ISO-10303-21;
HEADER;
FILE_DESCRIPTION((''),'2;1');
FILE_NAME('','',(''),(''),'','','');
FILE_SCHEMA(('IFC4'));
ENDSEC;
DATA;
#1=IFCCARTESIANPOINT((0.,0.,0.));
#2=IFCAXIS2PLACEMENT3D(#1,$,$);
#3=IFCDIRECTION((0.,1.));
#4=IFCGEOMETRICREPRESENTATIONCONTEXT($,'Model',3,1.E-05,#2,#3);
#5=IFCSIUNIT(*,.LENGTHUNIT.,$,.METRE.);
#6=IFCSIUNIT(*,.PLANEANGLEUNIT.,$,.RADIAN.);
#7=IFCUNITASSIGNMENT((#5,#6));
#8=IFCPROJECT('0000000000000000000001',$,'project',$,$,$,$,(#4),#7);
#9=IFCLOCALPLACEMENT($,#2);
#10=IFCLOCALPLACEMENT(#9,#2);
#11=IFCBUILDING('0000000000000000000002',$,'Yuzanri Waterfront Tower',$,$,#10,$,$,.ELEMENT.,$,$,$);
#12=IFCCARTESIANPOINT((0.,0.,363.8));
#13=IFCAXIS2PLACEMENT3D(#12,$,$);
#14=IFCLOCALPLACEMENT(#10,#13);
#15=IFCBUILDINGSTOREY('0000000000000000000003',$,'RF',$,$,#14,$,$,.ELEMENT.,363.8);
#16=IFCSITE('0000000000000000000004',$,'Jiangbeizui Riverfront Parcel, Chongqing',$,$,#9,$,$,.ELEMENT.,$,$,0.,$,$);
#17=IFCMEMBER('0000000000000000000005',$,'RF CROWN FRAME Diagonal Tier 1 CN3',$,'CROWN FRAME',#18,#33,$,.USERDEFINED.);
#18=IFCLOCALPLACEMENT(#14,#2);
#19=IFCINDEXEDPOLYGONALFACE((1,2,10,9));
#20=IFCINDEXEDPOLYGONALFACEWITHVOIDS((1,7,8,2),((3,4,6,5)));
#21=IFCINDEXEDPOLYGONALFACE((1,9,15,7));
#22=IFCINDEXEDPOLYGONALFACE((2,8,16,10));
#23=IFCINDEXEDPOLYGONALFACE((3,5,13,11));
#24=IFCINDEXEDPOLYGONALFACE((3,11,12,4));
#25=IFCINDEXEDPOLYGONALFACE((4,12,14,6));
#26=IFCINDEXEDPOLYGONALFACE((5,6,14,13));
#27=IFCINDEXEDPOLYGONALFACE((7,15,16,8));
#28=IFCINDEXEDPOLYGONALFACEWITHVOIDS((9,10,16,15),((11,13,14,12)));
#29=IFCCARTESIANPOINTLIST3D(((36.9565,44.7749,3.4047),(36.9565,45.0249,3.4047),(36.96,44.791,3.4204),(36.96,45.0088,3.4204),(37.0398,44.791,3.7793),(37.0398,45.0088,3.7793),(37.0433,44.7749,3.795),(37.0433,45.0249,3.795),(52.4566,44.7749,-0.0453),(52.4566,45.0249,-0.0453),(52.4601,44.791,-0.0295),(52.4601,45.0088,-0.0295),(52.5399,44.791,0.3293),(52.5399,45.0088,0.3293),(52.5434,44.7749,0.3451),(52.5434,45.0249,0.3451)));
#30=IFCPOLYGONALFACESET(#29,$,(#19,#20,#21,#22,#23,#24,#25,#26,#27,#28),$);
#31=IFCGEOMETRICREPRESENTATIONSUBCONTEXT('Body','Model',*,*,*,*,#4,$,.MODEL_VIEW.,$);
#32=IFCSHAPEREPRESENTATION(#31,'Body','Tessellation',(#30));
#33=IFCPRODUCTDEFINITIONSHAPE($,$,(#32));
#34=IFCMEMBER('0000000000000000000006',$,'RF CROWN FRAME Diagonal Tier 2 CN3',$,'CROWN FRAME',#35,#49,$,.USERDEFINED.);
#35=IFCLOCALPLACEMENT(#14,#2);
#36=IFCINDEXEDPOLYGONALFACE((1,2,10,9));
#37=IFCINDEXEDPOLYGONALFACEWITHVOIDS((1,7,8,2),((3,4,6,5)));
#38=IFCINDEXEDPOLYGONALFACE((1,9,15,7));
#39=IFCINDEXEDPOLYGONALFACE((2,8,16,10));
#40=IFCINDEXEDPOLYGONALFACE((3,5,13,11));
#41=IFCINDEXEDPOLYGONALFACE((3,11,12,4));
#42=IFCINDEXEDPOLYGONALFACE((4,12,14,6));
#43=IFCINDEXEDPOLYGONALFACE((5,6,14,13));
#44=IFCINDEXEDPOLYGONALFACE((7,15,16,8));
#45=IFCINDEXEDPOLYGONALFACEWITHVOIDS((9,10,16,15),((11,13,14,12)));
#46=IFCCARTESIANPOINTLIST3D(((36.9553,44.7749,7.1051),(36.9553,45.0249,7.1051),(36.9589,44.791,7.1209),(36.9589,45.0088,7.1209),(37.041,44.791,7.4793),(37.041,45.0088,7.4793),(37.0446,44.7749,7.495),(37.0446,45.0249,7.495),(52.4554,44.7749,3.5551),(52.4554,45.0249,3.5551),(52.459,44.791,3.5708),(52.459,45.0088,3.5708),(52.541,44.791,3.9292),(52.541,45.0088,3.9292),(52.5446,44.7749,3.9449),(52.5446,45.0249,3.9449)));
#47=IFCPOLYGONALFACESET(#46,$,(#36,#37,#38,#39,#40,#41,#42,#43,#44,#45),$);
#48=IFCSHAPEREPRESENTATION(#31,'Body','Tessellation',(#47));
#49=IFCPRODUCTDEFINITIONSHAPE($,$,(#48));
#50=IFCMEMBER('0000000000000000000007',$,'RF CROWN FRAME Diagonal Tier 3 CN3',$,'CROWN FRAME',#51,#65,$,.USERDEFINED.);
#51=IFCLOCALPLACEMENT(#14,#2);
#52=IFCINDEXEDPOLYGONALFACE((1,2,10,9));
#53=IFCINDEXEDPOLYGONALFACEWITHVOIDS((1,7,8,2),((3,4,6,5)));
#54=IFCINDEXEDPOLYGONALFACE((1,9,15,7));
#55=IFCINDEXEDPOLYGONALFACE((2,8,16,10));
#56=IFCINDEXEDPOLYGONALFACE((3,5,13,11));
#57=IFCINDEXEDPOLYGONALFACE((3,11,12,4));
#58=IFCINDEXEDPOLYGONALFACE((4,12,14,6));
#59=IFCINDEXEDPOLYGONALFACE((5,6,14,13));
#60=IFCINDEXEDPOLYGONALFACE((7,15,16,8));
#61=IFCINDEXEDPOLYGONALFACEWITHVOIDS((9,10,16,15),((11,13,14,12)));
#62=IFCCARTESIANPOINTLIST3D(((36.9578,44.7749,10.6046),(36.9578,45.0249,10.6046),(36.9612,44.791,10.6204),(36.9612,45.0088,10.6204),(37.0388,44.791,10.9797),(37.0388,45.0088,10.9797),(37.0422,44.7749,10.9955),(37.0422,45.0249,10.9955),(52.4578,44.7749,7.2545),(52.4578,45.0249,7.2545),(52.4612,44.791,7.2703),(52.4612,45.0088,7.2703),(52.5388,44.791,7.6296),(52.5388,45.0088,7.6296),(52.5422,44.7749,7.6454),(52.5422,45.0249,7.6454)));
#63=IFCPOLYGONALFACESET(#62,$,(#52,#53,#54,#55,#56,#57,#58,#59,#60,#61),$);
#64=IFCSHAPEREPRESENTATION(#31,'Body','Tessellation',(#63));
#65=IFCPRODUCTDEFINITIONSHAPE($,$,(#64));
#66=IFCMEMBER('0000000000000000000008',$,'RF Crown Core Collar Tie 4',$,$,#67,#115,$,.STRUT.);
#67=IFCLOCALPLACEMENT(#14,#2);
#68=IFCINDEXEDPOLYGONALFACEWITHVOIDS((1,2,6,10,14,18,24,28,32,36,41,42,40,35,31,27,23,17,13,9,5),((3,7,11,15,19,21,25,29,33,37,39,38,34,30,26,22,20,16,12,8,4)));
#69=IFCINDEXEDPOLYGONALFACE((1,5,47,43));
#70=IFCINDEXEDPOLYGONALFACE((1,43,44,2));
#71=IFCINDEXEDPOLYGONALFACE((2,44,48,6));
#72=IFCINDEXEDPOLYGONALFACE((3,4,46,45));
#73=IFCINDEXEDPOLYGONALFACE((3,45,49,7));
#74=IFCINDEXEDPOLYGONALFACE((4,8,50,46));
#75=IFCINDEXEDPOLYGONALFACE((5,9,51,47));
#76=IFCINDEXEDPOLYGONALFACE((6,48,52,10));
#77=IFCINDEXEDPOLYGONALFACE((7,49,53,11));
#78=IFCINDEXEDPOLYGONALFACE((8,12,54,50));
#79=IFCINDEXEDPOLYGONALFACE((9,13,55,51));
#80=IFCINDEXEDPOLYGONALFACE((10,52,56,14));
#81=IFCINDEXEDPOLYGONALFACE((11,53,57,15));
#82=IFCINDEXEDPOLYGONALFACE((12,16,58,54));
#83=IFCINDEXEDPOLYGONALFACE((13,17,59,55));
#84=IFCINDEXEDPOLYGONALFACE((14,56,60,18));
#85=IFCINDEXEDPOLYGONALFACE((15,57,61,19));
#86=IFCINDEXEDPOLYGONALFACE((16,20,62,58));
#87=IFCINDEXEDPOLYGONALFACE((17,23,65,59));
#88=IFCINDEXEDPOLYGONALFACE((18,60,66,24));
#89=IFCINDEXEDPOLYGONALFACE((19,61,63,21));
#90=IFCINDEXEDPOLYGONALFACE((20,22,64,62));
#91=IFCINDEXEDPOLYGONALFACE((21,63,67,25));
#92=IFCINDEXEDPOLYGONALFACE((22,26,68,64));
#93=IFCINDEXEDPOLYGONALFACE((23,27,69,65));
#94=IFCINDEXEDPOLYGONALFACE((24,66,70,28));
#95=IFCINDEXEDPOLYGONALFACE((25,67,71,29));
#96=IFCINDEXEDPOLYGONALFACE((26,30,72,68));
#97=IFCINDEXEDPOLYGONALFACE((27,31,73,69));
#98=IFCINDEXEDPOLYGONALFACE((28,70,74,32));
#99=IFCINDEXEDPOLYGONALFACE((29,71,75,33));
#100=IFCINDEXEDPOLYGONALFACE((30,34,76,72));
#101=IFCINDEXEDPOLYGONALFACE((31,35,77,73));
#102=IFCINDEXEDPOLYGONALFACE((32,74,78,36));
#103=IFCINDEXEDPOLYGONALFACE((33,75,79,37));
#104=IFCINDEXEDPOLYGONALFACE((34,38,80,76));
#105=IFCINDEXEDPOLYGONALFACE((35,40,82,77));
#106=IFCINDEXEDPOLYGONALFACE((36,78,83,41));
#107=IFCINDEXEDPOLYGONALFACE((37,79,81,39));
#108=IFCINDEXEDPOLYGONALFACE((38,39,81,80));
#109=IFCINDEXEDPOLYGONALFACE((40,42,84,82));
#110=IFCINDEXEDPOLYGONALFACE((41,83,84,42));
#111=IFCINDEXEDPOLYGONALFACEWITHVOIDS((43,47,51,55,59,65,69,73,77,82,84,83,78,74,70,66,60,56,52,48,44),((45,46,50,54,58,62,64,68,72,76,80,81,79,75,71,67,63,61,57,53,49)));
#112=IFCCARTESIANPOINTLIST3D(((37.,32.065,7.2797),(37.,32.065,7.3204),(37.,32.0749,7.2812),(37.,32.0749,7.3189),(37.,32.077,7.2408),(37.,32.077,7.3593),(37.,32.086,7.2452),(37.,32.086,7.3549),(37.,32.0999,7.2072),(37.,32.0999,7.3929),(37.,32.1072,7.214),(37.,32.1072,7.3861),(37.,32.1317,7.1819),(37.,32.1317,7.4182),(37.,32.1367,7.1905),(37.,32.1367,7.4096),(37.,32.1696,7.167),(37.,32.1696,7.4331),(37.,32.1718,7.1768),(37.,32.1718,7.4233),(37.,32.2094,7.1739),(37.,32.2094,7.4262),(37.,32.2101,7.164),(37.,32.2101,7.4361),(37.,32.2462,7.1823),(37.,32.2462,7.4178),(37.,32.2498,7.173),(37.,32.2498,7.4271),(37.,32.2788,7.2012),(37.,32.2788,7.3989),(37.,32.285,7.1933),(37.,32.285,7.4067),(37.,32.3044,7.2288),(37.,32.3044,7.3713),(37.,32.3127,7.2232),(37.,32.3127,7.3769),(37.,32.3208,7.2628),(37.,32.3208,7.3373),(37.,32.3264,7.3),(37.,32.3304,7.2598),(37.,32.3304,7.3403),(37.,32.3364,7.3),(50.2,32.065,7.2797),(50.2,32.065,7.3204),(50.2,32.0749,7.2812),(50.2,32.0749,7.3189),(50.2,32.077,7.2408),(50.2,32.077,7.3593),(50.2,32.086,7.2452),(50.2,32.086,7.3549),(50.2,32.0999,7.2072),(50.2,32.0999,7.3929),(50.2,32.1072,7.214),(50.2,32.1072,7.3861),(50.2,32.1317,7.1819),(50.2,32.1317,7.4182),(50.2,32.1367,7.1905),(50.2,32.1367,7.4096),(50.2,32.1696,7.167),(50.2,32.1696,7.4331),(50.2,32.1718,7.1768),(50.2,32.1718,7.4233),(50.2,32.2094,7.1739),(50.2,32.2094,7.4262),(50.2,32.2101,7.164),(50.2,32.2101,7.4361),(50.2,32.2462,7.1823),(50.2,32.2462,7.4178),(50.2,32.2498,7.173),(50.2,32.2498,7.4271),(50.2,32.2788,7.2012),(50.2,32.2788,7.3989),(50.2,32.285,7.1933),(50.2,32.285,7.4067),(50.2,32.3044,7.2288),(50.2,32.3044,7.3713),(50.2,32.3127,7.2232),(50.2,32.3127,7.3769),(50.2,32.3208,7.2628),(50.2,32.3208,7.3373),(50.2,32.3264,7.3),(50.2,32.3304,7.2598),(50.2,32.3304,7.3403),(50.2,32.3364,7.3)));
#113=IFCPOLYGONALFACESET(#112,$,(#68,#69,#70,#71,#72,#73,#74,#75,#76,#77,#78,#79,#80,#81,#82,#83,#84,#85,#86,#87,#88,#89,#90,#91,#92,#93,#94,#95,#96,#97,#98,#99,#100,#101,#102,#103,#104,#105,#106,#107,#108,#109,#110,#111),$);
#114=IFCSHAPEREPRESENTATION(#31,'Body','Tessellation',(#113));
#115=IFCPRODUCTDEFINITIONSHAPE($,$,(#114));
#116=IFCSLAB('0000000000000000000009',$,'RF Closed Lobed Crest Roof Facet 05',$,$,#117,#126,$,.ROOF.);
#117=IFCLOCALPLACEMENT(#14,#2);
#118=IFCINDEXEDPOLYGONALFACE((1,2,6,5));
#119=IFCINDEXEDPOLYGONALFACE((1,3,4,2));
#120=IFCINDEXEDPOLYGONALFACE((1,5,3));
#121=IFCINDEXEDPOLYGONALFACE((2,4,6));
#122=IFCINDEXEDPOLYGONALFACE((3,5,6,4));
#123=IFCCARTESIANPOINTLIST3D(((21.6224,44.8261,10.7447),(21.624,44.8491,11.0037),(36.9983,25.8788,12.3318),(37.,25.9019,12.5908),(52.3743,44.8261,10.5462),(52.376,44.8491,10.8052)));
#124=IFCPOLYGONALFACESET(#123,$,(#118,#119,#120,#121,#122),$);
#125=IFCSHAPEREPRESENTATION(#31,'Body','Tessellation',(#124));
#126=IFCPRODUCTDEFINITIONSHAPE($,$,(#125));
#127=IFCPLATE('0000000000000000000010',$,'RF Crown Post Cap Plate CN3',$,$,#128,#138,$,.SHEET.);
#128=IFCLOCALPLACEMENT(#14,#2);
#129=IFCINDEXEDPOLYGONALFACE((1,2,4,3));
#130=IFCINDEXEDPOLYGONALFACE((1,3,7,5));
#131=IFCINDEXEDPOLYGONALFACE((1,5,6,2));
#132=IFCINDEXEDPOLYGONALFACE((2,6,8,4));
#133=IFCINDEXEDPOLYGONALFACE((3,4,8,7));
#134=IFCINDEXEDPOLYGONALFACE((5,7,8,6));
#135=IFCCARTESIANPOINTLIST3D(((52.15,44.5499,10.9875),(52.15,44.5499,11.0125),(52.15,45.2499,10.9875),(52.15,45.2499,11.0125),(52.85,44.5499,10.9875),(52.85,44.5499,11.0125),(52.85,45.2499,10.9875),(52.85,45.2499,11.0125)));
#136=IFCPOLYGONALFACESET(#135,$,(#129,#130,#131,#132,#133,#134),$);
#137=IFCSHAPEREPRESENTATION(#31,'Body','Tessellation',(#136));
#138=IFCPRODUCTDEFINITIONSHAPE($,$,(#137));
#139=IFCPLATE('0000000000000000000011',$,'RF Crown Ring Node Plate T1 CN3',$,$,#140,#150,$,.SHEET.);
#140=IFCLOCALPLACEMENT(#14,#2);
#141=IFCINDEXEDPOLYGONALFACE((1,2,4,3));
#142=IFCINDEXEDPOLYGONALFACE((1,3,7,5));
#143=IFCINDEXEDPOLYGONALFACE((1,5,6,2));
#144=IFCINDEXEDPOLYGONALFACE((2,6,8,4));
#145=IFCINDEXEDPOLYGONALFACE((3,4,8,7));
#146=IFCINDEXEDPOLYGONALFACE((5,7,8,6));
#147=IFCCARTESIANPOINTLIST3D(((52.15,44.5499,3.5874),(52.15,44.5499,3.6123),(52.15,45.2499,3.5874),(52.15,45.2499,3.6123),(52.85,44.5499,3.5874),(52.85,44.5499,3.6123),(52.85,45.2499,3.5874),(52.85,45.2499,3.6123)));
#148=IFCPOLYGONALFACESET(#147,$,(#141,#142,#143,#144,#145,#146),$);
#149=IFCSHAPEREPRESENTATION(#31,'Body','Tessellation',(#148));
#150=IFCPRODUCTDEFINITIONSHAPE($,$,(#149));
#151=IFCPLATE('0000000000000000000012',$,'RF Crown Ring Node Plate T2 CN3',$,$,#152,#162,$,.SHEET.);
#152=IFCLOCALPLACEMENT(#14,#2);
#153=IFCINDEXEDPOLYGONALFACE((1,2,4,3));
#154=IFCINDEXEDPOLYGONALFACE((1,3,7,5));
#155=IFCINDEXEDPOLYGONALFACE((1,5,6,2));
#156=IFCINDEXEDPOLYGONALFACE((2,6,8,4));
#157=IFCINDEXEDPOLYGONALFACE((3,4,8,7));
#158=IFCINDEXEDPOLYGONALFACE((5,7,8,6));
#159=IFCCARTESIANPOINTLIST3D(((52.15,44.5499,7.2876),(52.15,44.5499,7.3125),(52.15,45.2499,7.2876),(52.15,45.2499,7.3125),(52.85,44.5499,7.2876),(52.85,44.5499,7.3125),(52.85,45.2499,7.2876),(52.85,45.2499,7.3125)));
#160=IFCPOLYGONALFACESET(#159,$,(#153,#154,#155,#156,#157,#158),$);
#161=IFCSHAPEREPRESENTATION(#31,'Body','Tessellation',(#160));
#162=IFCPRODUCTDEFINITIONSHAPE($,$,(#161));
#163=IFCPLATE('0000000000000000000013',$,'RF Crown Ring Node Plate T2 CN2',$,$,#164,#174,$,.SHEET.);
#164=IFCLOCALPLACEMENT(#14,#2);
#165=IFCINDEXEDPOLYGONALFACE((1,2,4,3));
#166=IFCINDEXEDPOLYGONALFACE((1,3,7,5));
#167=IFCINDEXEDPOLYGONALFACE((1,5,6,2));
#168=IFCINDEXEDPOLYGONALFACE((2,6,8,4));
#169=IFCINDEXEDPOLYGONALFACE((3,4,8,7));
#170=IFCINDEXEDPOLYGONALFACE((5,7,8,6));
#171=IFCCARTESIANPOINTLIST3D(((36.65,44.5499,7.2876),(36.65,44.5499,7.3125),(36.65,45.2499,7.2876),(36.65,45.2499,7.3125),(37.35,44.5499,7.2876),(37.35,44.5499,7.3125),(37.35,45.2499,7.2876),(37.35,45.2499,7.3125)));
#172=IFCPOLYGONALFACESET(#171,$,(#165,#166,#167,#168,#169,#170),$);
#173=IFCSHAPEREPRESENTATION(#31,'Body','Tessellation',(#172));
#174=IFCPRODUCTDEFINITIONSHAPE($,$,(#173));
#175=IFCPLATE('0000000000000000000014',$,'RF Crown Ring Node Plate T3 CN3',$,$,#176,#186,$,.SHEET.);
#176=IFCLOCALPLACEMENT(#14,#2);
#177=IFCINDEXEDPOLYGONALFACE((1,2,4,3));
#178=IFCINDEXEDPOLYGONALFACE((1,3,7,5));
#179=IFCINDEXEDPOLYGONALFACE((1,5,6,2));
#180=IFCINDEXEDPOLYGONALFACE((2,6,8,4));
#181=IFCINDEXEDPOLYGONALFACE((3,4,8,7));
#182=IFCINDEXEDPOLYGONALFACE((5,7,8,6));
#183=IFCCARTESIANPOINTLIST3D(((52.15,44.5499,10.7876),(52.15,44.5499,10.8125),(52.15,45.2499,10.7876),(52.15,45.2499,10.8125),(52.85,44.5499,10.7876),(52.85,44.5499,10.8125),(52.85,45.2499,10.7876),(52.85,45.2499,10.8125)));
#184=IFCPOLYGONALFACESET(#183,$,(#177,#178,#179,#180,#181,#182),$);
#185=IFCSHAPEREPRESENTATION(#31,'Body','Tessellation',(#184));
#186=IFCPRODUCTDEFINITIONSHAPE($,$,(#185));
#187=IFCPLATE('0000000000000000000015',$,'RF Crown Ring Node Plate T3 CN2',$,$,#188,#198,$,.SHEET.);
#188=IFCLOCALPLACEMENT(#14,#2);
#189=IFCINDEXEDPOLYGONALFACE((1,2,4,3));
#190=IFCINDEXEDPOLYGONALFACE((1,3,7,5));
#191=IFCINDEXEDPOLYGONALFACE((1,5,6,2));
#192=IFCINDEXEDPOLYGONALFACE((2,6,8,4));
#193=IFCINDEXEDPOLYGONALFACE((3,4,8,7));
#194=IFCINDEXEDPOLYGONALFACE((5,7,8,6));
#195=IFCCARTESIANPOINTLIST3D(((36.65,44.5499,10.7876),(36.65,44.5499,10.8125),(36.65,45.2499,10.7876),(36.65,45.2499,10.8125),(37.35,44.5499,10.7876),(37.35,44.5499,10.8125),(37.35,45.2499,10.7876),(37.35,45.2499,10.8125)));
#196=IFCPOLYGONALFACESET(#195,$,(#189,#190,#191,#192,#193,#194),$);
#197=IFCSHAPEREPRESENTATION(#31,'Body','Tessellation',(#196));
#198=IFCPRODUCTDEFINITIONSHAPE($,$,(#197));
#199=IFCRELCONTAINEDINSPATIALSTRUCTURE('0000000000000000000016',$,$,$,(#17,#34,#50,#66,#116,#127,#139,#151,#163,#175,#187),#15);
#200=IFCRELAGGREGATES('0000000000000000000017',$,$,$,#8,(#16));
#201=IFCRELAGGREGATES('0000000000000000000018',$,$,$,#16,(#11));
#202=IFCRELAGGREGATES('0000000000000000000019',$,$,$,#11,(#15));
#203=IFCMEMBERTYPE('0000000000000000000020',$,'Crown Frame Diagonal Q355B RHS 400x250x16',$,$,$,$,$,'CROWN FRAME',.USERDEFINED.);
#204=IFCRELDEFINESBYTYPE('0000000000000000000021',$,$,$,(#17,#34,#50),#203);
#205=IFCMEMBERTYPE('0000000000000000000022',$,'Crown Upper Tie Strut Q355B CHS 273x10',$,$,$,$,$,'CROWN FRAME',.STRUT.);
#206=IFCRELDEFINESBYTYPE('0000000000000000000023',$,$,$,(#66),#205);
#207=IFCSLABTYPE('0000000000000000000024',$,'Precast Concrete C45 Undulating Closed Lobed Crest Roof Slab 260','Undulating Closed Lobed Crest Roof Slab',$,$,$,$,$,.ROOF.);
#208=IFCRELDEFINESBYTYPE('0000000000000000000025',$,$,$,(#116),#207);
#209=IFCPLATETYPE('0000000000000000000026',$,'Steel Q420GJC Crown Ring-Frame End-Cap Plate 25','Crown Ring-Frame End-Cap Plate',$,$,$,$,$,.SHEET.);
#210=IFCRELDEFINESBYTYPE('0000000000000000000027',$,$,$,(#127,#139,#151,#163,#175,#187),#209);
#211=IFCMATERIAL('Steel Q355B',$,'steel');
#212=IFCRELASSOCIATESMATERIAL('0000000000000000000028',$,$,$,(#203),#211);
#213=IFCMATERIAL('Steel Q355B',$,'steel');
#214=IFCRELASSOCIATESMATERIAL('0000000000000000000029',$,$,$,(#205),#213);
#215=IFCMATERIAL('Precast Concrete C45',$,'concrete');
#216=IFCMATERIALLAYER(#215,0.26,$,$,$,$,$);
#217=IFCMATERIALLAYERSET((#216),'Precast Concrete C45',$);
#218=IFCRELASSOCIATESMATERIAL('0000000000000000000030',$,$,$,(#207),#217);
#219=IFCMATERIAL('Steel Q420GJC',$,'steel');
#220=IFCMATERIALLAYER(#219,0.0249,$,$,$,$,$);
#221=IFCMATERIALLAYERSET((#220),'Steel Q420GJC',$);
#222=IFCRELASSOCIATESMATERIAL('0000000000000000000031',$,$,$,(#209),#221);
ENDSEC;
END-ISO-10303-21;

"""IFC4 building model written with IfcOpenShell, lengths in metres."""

from ifc_helpers import new_model, si_unit, direction, frame, origin, origin_2d, place, context, subcontext, project, spatial, polyline, rectangle, hollow_rectangle, hollow_circle, outline, extrude, source, transform, mapped, material, layer, layer_set, material_profile, profile_set, type_object, element, save


model = new_model("IFC4")

# Units and contexts
model_context = context("Model", 3, precision=1e-05, world=origin(), true_north=direction((0.0, 1.0)))
body_context = subcontext(model_context, "Body", "Model", "MODEL_VIEW")
ifc_project = project(units=[si_unit("LENGTHUNIT", "METRE"), si_unit("PLANEANGLEUNIT", "RADIAN")], contexts=[model_context])

# Site, building, storey
site_placement = place(None, origin())
site = spatial("IfcSite", under=ifc_project, at=site_placement, Name="Jiangbeizui Riverfront Parcel, Chongqing", CompositionType="ELEMENT", RefElevation=0.0)
building_placement = place(site_placement, origin())
building = spatial("IfcBuilding", under=site, at=building_placement, Name="Yuzanri Waterfront Tower", CompositionType="ELEMENT")
storey_placement = place(building_placement, frame((0.0, 0.0, 363.8)))
storey = spatial("IfcBuildingStorey", under=building, at=storey_placement, Name="RF", CompositionType="ELEMENT", Elevation=363.8)

# Members
ifc_material_1 = material(Name="Steel Q355B", Category="steel")
ifc_material_profile_1 = material_profile(ifc_material_1, hollow_rectangle(XDim=0.25, YDim=0.3999, WallThickness=0.0161, at=origin_2d()), Name="RHS 400x250x16")
ifc_profile_set_1 = profile_set([ifc_material_profile_1], Name="Steel Q355B")
member_type_1 = type_object("IfcMemberType", Name="Crown Frame Diagonal Q355B RHS 400x250x16", ElementType="CROWN FRAME", PredefinedType="USERDEFINED", material=ifc_profile_set_1)
shared_shape_1 = source(origin(), body_context, "Body", "SweptSolid", [
    extrude(hollow_rectangle(XDim=0.25, YDim=0.3999, WallThickness=0.0161, at=origin_2d()), origin(), (0.0, 0.0, 1.0), 15.8794),
])
member_1_placement = place(storey_placement, frame((52.5, 44.8999, 0.1499), z_axis=(-0.976114, 0.0, 0.217261), x_axis=(0.0, -1.0, 0.0)))
element("IfcMember", 1, at=member_1_placement, inside=storey, type_object=member_type_1, Name="RF CROWN FRAME Diagonal Tier 1 CN3", ObjectType="CROWN FRAME", PredefinedType="USERDEFINED", context=body_context, shape_type="MappedRepresentation", body=[
    mapped(shared_shape_1, transform((0.0, 0.0, 0.0), scale=1.0)),
])
shared_shape_2 = source(origin(), body_context, "Body", "SweptSolid", [
    extrude(hollow_rectangle(XDim=0.25, YDim=0.3999, WallThickness=0.0161, at=origin_2d()), origin(), (0.0, 0.0, 1.0), 15.9014),
])
member_2_placement = place(storey_placement, frame((52.5, 44.8999, 3.75), z_axis=(-0.97476, 0.0, 0.223255), x_axis=(0.0, -1.0, 0.0)))
element("IfcMember", 2, at=member_2_placement, inside=storey, type_object=member_type_1, Name="RF CROWN FRAME Diagonal Tier 2 CN3", ObjectType="CROWN FRAME", PredefinedType="USERDEFINED", context=body_context, shape_type="MappedRepresentation", body=[
    mapped(shared_shape_2, transform((0.0, 0.0, 0.0), scale=1.0)),
])
shared_shape_3 = source(origin(), body_context, "Body", "SweptSolid", [
    extrude(hollow_rectangle(XDim=0.25, YDim=0.3999, WallThickness=0.0161, at=origin_2d()), origin(), (0.0, 0.0, 1.0), 15.8579),
])
member_3_placement = place(storey_placement, frame((52.5, 44.8999, 7.45), z_axis=(-0.97743, 0.0, 0.211257), x_axis=(0.0, -1.0, 0.0)))
element("IfcMember", 3, at=member_3_placement, inside=storey, type_object=member_type_1, Name="RF CROWN FRAME Diagonal Tier 3 CN3", ObjectType="CROWN FRAME", PredefinedType="USERDEFINED", context=body_context, shape_type="MappedRepresentation", body=[
    mapped(shared_shape_3, transform((0.0, 0.0, 0.0), scale=1.0)),
])
ifc_material_2 = material(Name="Steel Q355B", Category="steel")
ifc_material_profile_2 = material_profile(ifc_material_2, hollow_circle(Radius=0.1365, WallThickness=0.01, at=origin_2d()), Name="CHS 273x10")
ifc_profile_set_2 = profile_set([ifc_material_profile_2], Name="Steel Q355B")
member_type_2 = type_object("IfcMemberType", Name="Crown Upper Tie Strut Q355B CHS 273x10", ElementType="CROWN FRAME", PredefinedType="STRUT", material=ifc_profile_set_2)
shared_shape_4 = source(origin(), body_context, "Body", "SweptSolid", [
    extrude(hollow_circle(Radius=0.1365, WallThickness=0.01, at=origin_2d()), origin(), (0.0, 0.0, 1.0), 13.2),
])
member_4_placement = place(storey_placement, frame((37.0, 32.2, 7.3), z_axis=(1.0, 0.0, 0.0), x_axis=(0.0, 1.0, 0.0)))
element("IfcMember", 4, at=member_4_placement, inside=storey, type_object=member_type_2, Name="RF Crown Core Collar Tie 4", PredefinedType="STRUT", context=body_context, shape_type="MappedRepresentation", body=[
    mapped(shared_shape_4, transform((0.0, 0.0, 0.0), scale=1.0)),
])

# Slab
ifc_material_3 = material(Name="Precast Concrete C45", Category="concrete")
ifc_layer_1 = layer(ifc_material_3, 0.26)
ifc_layer_set_1 = layer_set([ifc_layer_1], Name="Precast Concrete C45")
slab_type = type_object("IfcSlabType", Name="Precast Concrete C45 Undulating Closed Lobed Crest Roof Slab 260", Description="Undulating Closed Lobed Crest Roof Slab", PredefinedType="ROOF", material=ifc_layer_set_1)
slab_placement = place(storey_placement, frame((52.376, 44.8491, 10.8052), z_axis=(0.006429, 0.088653, 0.996042), x_axis=(-0.999979, 0.0, 0.006454)))
element("IfcSlab", 5, at=slab_placement, inside=storey, type_object=slab_type, Name="RF Closed Lobed Crest Roof Facet 05", PredefinedType="ROOF", context=body_context, shape_type="SweptSolid", body=[
    extrude(outline(polyline([(0.0, 0.0), (30.7526, 0.0), (15.3872, 19.0222), (0.0, 0.0)])), origin(), (0.0, 0.0, -1.0), 0.26),
])

# Plates
ifc_material_4 = material(Name="Steel Q420GJC", Category="steel")
ifc_layer_2 = layer(ifc_material_4, 0.0249)
ifc_layer_set_2 = layer_set([ifc_layer_2], Name="Steel Q420GJC")
plate_type_1 = type_object("IfcPlateType", Name="Steel Q420GJC Crown Ring-Frame End-Cap Plate 25", Description="Crown Ring-Frame End-Cap Plate", PredefinedType="SHEET", material=ifc_layer_set_2)
shared_shape_5 = source(origin(), body_context, "Body", "SweptSolid", [
    extrude(rectangle(XDim=0.7, YDim=0.7, at=origin_2d()), origin(), (0.0, 0.0, 1.0), 0.0249),
])
for number, where, z_axis, x_axis, name in (
    (6, (52.5, 44.8999, 10.9875), (0.0, 0.0, 1.0), (1.0, 0.0, 0.0), "RF Crown Post Cap Plate CN3"),
    (7, (52.5, 44.8999, 3.5874), (0.0, 0.0, 1.0), (1.0, 0.0, 0.0), "RF Crown Ring Node Plate T1 CN3"),
    (8, (52.5, 44.8999, 7.2876), (0.0, 0.0, 1.0), (1.0, 0.0, 0.0), "RF Crown Ring Node Plate T2 CN3"),
    (9, (37.0, 44.8999, 7.2876), (0.0, 0.0, 1.0), (1.0, 0.0, 0.0), "RF Crown Ring Node Plate T2 CN2"),
    (10, (52.5, 44.8999, 10.7876), (0.0, 0.0, 1.0), (1.0, 0.0, 0.0), "RF Crown Ring Node Plate T3 CN3"),
    (11, (37.0, 44.8999, 10.7876), (0.0, 0.0, 1.0), (1.0, 0.0, 0.0), "RF Crown Ring Node Plate T3 CN2"),
):
    element("IfcPlate", number, at=place(storey_placement, frame(where, z_axis=z_axis, x_axis=x_axis)), inside=storey, type_object=plate_type_1, Name=name, PredefinedType="SHEET", context=body_context, shape_type="MappedRepresentation", body=[
        mapped(shared_shape_5, transform((0.0, 0.0, 0.0), scale=1.0)),
    ])

save(model, "model.ifc")
